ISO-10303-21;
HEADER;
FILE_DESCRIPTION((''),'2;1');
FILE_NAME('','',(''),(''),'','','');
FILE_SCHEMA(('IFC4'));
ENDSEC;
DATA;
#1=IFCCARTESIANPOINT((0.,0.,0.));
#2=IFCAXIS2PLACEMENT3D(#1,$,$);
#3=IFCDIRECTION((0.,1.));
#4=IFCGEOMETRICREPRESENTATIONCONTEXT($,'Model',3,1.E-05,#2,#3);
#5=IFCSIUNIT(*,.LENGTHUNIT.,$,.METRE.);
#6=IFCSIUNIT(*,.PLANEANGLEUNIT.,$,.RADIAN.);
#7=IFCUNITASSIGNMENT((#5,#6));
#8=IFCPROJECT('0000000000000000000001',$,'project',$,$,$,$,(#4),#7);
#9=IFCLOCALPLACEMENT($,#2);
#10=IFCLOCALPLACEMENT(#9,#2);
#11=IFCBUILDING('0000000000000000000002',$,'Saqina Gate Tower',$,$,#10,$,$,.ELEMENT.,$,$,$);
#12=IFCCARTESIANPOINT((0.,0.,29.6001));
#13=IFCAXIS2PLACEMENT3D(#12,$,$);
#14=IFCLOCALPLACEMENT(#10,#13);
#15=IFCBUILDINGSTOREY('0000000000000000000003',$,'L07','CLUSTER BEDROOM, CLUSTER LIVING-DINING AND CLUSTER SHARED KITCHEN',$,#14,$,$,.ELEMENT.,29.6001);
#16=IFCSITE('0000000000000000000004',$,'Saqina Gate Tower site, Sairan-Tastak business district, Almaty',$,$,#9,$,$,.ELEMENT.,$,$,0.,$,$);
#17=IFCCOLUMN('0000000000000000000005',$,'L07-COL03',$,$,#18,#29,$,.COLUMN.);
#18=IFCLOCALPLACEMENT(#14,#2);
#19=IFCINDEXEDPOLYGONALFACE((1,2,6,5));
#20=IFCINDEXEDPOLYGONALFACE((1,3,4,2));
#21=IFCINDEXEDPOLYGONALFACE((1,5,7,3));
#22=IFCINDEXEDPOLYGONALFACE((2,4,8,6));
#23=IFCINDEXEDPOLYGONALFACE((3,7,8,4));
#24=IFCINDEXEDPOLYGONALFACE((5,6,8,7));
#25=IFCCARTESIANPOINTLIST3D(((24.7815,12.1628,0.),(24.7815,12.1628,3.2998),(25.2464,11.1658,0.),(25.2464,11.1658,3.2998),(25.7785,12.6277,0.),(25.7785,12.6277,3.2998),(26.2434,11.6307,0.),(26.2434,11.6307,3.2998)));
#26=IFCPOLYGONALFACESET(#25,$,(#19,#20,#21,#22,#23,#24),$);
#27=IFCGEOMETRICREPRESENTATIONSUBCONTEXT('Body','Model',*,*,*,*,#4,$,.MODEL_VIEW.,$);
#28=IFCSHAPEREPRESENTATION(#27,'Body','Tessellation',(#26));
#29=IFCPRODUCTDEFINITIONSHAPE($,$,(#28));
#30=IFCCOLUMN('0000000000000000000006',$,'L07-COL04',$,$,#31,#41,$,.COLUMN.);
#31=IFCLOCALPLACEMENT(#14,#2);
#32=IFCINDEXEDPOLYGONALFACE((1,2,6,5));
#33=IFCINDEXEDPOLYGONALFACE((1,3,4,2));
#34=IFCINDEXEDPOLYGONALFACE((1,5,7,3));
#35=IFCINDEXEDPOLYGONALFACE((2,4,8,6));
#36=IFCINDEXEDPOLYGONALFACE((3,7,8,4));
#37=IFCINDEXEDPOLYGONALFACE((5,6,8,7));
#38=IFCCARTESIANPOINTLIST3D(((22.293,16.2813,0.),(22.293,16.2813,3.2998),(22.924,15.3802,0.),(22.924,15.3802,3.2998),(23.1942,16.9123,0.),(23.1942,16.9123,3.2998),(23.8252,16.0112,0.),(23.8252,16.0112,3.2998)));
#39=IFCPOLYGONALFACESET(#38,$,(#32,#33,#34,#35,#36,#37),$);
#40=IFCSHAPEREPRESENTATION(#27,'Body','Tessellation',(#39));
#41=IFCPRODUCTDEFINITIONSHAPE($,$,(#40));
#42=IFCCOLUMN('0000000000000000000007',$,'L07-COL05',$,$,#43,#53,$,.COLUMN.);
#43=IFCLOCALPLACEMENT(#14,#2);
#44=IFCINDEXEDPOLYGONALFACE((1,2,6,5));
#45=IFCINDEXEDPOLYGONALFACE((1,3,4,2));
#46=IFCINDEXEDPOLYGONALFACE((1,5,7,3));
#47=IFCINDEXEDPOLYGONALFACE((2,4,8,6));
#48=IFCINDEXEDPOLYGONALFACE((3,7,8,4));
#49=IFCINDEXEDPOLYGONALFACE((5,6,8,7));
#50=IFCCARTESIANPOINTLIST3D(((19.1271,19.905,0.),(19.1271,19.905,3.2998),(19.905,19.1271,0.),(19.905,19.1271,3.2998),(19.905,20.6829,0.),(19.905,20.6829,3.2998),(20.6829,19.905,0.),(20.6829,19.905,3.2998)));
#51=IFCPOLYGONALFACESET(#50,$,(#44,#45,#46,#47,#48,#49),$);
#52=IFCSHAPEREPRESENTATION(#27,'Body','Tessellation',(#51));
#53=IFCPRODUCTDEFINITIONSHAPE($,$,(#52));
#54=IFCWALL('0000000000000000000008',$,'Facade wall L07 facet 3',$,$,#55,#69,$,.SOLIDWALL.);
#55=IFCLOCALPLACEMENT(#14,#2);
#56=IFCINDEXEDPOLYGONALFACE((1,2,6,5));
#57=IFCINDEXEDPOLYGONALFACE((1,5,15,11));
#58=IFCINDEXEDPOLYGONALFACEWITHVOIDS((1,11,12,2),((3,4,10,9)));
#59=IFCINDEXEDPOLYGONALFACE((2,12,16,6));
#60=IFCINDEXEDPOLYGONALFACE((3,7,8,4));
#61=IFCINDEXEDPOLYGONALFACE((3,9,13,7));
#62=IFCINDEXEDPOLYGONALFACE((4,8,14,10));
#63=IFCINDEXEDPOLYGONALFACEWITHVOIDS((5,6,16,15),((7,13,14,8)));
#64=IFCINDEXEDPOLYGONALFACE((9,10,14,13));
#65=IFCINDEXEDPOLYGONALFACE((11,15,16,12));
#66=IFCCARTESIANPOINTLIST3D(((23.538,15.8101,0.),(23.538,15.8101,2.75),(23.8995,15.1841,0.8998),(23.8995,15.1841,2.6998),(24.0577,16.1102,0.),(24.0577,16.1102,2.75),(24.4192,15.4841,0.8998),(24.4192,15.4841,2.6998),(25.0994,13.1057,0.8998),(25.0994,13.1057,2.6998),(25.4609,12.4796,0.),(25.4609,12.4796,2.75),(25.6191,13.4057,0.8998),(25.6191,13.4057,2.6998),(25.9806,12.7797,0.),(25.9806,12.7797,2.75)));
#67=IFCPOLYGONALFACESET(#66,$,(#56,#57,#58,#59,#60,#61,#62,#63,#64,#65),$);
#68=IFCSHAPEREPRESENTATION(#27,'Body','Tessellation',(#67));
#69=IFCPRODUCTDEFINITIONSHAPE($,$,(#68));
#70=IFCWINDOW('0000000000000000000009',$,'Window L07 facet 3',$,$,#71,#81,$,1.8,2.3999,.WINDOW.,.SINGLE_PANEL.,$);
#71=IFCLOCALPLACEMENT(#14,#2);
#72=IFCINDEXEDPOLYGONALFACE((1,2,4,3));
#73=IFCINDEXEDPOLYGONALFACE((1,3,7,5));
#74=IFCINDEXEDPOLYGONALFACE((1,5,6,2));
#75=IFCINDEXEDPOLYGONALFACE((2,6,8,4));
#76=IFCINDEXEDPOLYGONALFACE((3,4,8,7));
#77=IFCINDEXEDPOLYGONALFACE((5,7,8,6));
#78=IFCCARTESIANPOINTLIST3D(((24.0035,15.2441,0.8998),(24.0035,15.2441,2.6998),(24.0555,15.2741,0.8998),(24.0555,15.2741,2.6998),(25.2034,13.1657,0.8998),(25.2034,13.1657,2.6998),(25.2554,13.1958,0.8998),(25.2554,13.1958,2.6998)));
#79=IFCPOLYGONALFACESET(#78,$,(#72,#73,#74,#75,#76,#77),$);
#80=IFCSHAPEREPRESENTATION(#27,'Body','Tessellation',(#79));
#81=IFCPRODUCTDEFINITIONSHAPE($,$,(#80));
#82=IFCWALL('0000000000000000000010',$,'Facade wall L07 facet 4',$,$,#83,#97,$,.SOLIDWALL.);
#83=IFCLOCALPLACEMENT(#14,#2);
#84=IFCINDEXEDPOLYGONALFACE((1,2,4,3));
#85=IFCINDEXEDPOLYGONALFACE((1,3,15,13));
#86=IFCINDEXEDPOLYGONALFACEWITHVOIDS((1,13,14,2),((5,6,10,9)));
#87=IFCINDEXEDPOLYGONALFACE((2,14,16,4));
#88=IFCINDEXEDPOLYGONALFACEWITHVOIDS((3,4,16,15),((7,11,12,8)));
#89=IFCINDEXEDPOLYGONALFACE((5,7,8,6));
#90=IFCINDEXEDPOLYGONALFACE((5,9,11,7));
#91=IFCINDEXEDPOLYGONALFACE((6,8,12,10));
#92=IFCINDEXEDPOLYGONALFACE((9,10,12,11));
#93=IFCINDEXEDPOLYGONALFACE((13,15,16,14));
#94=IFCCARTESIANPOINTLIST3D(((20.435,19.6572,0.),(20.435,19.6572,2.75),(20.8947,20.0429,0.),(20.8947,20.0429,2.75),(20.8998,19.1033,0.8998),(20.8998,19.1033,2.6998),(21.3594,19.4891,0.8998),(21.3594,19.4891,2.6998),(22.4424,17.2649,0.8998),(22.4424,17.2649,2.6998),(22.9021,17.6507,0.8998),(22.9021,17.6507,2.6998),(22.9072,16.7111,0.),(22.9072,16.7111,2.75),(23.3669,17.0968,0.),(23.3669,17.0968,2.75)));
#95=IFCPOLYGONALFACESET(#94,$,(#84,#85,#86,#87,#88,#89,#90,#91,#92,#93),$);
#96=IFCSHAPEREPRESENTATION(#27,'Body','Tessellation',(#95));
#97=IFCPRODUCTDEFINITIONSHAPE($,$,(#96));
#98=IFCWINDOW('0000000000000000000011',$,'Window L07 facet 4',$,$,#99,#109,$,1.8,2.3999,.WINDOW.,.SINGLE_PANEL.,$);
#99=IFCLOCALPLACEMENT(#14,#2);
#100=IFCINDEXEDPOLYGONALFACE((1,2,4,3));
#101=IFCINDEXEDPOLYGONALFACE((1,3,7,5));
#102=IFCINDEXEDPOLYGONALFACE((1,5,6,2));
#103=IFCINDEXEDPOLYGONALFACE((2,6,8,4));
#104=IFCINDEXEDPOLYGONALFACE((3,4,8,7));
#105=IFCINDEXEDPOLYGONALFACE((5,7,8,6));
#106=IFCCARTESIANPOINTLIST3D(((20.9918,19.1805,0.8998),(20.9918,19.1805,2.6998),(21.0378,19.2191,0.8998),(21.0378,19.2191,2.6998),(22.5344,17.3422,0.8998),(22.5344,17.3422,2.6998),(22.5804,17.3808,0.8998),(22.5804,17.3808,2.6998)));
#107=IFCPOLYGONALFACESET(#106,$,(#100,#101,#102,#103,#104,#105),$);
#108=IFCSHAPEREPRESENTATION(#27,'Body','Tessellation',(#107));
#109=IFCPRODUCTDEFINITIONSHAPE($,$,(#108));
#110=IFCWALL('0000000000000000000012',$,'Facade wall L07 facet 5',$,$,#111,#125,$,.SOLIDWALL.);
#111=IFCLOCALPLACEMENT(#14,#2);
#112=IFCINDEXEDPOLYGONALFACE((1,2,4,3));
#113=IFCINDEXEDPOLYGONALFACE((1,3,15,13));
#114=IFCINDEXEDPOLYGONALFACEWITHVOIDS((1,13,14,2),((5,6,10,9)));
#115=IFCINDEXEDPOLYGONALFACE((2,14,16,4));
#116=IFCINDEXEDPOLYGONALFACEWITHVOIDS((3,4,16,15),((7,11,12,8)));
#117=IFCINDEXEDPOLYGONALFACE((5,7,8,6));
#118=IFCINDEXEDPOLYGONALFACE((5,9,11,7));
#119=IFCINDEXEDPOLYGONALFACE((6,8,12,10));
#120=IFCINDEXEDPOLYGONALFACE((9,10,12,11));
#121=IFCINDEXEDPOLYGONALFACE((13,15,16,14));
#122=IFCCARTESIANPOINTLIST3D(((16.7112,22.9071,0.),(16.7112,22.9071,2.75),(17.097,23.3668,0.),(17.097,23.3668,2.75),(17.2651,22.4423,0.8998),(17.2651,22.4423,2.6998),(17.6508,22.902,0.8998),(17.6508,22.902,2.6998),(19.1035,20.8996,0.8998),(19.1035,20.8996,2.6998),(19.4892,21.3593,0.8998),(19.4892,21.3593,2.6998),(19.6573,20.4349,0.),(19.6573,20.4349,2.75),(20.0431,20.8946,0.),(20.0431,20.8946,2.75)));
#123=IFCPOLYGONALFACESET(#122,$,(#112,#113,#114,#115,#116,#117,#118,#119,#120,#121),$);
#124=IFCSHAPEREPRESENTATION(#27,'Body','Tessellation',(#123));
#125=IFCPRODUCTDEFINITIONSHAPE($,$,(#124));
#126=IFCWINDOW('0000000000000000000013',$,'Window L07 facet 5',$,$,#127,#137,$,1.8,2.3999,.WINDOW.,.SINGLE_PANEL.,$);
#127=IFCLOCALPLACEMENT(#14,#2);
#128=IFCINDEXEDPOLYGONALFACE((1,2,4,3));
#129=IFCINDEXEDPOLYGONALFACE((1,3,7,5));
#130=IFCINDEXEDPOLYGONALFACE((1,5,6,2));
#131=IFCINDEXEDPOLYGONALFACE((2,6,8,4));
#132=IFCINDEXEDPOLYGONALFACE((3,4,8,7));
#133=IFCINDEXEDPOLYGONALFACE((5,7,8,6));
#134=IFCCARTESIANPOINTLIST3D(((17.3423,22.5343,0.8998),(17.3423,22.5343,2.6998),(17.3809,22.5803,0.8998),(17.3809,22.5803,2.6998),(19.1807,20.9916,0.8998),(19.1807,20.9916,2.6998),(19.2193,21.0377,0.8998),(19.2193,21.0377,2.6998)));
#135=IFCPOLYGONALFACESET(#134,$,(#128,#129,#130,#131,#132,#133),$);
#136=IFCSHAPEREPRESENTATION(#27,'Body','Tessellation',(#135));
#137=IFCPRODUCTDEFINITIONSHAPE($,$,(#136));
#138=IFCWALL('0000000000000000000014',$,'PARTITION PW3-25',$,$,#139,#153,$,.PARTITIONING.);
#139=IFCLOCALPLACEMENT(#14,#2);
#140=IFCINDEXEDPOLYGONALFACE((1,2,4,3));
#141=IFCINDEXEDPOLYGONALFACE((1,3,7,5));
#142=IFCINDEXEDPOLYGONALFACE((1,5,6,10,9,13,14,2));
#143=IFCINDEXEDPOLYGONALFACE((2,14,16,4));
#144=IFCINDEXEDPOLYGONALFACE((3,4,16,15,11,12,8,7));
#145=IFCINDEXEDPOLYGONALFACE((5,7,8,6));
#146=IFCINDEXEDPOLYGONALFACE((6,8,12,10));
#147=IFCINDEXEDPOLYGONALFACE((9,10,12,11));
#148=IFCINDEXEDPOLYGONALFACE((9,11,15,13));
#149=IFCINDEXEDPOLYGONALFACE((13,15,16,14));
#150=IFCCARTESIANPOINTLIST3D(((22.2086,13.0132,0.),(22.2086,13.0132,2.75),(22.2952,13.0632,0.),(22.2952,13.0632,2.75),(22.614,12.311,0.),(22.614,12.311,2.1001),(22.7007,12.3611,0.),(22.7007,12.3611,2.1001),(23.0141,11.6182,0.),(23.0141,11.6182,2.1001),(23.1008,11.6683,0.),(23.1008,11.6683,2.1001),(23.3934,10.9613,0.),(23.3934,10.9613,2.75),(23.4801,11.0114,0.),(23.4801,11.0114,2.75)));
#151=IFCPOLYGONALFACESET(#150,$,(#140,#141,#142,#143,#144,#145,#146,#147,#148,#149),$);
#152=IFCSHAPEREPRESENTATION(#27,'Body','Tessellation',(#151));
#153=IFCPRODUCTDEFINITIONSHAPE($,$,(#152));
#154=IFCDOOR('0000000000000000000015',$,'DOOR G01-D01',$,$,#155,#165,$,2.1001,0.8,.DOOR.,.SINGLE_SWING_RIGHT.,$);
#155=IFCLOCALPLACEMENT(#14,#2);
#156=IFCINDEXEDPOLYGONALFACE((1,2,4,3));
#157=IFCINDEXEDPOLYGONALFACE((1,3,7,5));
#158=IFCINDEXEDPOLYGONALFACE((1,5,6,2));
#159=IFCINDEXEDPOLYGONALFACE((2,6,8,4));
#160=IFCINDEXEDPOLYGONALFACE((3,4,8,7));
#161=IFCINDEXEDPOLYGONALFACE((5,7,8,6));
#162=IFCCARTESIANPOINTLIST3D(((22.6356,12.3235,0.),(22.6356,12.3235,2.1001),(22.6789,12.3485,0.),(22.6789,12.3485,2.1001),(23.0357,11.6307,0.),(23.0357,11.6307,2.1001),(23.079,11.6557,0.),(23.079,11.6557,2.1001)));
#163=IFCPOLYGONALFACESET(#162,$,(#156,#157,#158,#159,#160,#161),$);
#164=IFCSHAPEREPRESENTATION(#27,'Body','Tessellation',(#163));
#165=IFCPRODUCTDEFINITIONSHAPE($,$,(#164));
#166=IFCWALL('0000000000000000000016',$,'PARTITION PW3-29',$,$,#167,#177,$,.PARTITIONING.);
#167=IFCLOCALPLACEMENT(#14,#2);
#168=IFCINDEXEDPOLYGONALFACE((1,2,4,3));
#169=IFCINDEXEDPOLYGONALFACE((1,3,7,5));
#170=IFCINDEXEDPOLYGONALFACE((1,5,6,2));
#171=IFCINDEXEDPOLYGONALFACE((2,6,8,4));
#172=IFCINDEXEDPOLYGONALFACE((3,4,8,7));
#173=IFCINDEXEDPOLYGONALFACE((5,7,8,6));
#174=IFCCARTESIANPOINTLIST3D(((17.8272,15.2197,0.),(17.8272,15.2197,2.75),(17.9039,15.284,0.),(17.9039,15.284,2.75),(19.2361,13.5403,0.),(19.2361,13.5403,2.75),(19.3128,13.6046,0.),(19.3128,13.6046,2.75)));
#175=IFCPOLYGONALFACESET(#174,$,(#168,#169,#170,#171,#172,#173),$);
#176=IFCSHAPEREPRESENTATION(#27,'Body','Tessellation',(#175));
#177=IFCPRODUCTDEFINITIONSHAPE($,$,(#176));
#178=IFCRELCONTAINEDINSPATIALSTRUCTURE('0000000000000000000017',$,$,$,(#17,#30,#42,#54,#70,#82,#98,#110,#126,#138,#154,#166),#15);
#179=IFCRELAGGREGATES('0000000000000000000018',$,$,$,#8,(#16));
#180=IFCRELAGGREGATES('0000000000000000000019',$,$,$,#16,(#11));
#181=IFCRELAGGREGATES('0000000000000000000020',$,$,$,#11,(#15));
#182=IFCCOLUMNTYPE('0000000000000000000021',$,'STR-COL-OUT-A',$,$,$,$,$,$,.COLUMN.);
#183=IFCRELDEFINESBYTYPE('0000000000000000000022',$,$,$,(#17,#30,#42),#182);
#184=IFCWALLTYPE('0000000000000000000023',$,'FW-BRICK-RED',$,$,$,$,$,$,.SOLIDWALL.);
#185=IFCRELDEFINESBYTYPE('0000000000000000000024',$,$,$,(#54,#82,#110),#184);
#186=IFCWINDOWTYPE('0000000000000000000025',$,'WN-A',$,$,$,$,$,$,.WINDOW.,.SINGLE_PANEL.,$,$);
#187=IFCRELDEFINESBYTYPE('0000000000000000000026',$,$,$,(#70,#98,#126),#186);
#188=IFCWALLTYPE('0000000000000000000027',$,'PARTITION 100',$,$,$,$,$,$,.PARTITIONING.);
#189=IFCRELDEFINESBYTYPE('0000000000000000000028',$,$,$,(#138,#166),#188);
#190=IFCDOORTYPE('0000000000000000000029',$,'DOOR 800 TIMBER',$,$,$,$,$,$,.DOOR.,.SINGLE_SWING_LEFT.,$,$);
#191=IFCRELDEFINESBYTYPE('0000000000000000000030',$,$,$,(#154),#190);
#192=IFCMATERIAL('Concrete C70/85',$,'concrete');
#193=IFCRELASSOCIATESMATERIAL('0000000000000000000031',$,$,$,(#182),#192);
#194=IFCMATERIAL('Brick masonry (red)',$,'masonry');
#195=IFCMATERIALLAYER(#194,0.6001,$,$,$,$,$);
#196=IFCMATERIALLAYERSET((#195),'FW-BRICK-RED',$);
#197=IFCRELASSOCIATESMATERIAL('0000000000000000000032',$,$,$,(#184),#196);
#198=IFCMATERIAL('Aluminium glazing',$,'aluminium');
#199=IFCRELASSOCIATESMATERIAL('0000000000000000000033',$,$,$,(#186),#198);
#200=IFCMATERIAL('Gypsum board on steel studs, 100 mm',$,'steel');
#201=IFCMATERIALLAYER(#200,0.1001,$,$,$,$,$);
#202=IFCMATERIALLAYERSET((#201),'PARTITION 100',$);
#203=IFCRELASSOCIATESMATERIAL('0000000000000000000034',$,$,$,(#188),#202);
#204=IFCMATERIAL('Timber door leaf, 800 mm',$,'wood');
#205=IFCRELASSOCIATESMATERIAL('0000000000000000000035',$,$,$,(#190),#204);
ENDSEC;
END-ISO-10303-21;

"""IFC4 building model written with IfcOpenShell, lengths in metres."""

from ifc_helpers import new_model, si_unit, direction, frame, frame_2d, origin, origin_2d, place, context, subcontext, project, spatial, rectangle, extrude, material, layer, layer_set, material_profile, profile_set, type_object, element, fill, save


model = new_model("IFC4")

# Units and contexts
model_context = context("Model", 3, precision=1e-05, world=origin(), true_north=direction((0.0, 1.0)))
body_context = subcontext(model_context, "Body", "Model", "MODEL_VIEW")
ifc_project = project(units=[si_unit("LENGTHUNIT", "METRE"), si_unit("PLANEANGLEUNIT", "RADIAN")], contexts=[model_context])

# Site, building, storey
site_placement = place(None, origin())
site = spatial("IfcSite", under=ifc_project, at=site_placement, Name="Saqina Gate Tower site, Sairan-Tastak business district, Almaty", CompositionType="ELEMENT", RefElevation=0.0)
building_placement = place(site_placement, origin())
building = spatial("IfcBuilding", under=site, at=building_placement, Name="Saqina Gate Tower", CompositionType="ELEMENT")
storey_placement = place(building_placement, frame((0.0, 0.0, 29.6001)))
storey = spatial("IfcBuildingStorey", under=building, at=storey_placement, Name="L07", Description="CLUSTER BEDROOM, CLUSTER LIVING-DINING AND CLUSTER SHARED KITCHEN", CompositionType="ELEMENT", Elevation=29.6001)

# Columns
ifc_material_1 = material(Name="Concrete C70/85", Category="concrete")
ifc_material_profile = material_profile(ifc_material_1, rectangle(XDim=1.1001, YDim=1.1001, at=origin_2d()), Name="RC 1100x1100")
ifc_profile_set = profile_set([ifc_material_profile], Name="Concrete C70/85")
column_type = type_object("IfcColumnType", Name="STR-COL-OUT-A", PredefinedType="COLUMN", material=ifc_profile_set)
for number, where, z_axis, x_axis, name in (
    (1, (25.5125, 11.8967, 0.0), (0.0, 0.0, 1.0), (0.906308, 0.422618, 0.0), "L07-COL03"),
    (2, (23.0591, 16.1462, 0.0), (0.0, 0.0, 1.0), (0.819152, 0.573576, 0.0), "L07-COL04"),
    (3, (19.905, 19.905, 0.0), (0.0, 0.0, 1.0), (0.707107, 0.707107, 0.0), "L07-COL05"),
):
    element("IfcColumn", number, at=place(storey_placement, frame(where, z_axis=z_axis, x_axis=x_axis)), inside=storey, type_object=column_type, Name=name, PredefinedType="COLUMN", context=body_context, shape_type="SweptSolid", body=[
        extrude(rectangle(XDim=1.1001, YDim=1.1001, at=origin_2d()), origin(), (0.0, 0.0, 1.0), 3.2998),
    ])

# Walls, openings, windows
ifc_material_2 = material(Name="Brick masonry (red)", Category="masonry")
ifc_layer_1 = layer(ifc_material_2, 0.6001)
ifc_layer_set_1 = layer_set([ifc_layer_1], Name="FW-BRICK-RED")
wall_type_1 = type_object("IfcWallType", Name="FW-BRICK-RED", PredefinedType="SOLIDWALL", material=ifc_layer_set_1)
wall_1_placement = place(storey_placement, frame((25.7207, 12.6296, 0.0), z_axis=(0.0, 0.0, 1.0), x_axis=(-0.49999, 0.866031, 0.0)))
wall_1 = element("IfcWall", 4, at=wall_1_placement, inside=storey, type_object=wall_type_1, Name="Facade wall L07 facet 3", PredefinedType="SOLIDWALL", context=body_context, shape_type="SweptSolid", body=[
    extrude(rectangle(XDim=3.8457, YDim=0.6001, at=frame_2d((1.9229, 0.0))), origin(), (0.0, 0.0, 1.0), 2.75),
])
opening_1_placement = place(wall_1_placement, frame((0.7229, 0.0, 0.8999)))
opening_1 = element("IfcOpeningElement", 5, at=opening_1_placement, cuts=wall_1, PredefinedType="OPENING", context=body_context, shape_type="SweptSolid", body=[
    extrude(rectangle(XDim=2.3999, YDim=1.8, at=frame_2d((1.2, 0.8999))), frame((0.0, 0.312, 0.0), z_axis=(0.0, -1.0, 0.0), x_axis=(1.0, 0.0, 0.0)), (0.0, 0.0, 1.0), 0.624),
])
ifc_material_3 = material(Name="Aluminium glazing", Category="aluminium")
window_type = type_object("IfcWindowType", Name="WN-A", PartitioningType="SINGLE_PANEL", PredefinedType="WINDOW", material=ifc_material_3)
window_1_placement = place(opening_1_placement, origin())
window_1 = element("IfcWindow", 6, at=window_1_placement, inside=storey, type_object=window_type, Name="Window L07 facet 3", OverallHeight=1.8, OverallWidth=2.3999, PartitioningType="SINGLE_PANEL", PredefinedType="WINDOW", context=body_context, shape_type="SweptSolid", body=[
    extrude(rectangle(XDim=2.3999, YDim=1.8, at=frame_2d((1.2, 0.8999))), frame((0.0, 0.1799, 0.0), z_axis=(0.0, -1.0, 0.0), x_axis=(1.0, 0.0, 0.0)), (0.0, 0.0, 1.0), 0.0601),
])
fill(opening_1, window_1)
wall_2_placement = place(storey_placement, frame((23.137, 16.9041, 0.0), z_axis=(0.0, 0.0, 1.0), x_axis=(-0.642809, 0.766026, 0.0)))
wall_2 = element("IfcWall", 7, at=wall_2_placement, inside=storey, type_object=wall_type_1, Name="Facade wall L07 facet 4", PredefinedType="SOLIDWALL", context=body_context, shape_type="SweptSolid", body=[
    extrude(rectangle(XDim=3.8459, YDim=0.6001, at=frame_2d((1.9229, 0.0))), origin(), (0.0, 0.0, 1.0), 2.75),
])
opening_2_placement = place(wall_2_placement, frame((0.7229, 0.0, 0.8999)))
opening_2 = element("IfcOpeningElement", 8, at=opening_2_placement, cuts=wall_2, PredefinedType="OPENING", context=body_context, shape_type="SweptSolid", body=[
    extrude(rectangle(XDim=2.3999, YDim=1.8, at=frame_2d((1.2, 0.8999))), frame((0.0, 0.312, 0.0), z_axis=(0.0, -1.0, 0.0), x_axis=(1.0, 0.0, 0.0)), (0.0, 0.0, 1.0), 0.624),
])
window_2_placement = place(opening_2_placement, origin())
window_2 = element("IfcWindow", 9, at=window_2_placement, inside=storey, type_object=window_type, Name="Window L07 facet 4", OverallHeight=1.8, OverallWidth=2.3999, PartitioningType="SINGLE_PANEL", PredefinedType="WINDOW", context=body_context, shape_type="SweptSolid", body=[
    extrude(rectangle(XDim=2.3999, YDim=1.8, at=frame_2d((1.2, 0.8999))), frame((0.0, 0.1799, 0.0), z_axis=(0.0, -1.0, 0.0), x_axis=(1.0, 0.0, 0.0)), (0.0, 0.0, 1.0), 0.0601),
])
fill(opening_2, window_2)
wall_3_placement = place(storey_placement, frame((19.8501, 20.6648, 0.0), z_axis=(0.0, 0.0, 1.0), x_axis=(-0.766026, 0.642809, 0.0)))
wall_3 = element("IfcWall", 10, at=wall_3_placement, inside=storey, type_object=wall_type_1, Name="Facade wall L07 facet 5", PredefinedType="SOLIDWALL", context=body_context, shape_type="SweptSolid", body=[
    extrude(rectangle(XDim=3.8459, YDim=0.6001, at=frame_2d((1.9229, 0.0))), origin(), (0.0, 0.0, 1.0), 2.75),
])
opening_3_placement = place(wall_3_placement, frame((0.7229, 0.0, 0.8999)))
opening_3 = element("IfcOpeningElement", 11, at=opening_3_placement, cuts=wall_3, PredefinedType="OPENING", context=body_context, shape_type="SweptSolid", body=[
    extrude(rectangle(XDim=2.3999, YDim=1.8, at=frame_2d((1.2, 0.8999))), frame((0.0, 0.312, 0.0), z_axis=(0.0, -1.0, 0.0), x_axis=(1.0, 0.0, 0.0)), (0.0, 0.0, 1.0), 0.624),
])
window_3_placement = place(opening_3_placement, origin())
window_3 = element("IfcWindow", 12, at=window_3_placement, inside=storey, type_object=window_type, Name="Window L07 facet 5", OverallHeight=1.8, OverallWidth=2.3999, PartitioningType="SINGLE_PANEL", PredefinedType="WINDOW", context=body_context, shape_type="SweptSolid", body=[
    extrude(rectangle(XDim=2.3999, YDim=1.8, at=frame_2d((1.2, 0.8999))), frame((0.0, 0.1799, 0.0), z_axis=(0.0, -1.0, 0.0), x_axis=(1.0, 0.0, 0.0)), (0.0, 0.0, 1.0), 0.0601),
])
fill(opening_3, window_3)

# Wall, opening, door
ifc_material_4 = material(Name="Gypsum board on steel studs, 100 mm", Category="steel")
ifc_layer_2 = layer(ifc_material_4, 0.1001)
ifc_layer_set_2 = layer_set([ifc_layer_2], Name="PARTITION 100")
wall_type_2 = type_object("IfcWallType", Name="PARTITION 100", PredefinedType="PARTITIONING", material=ifc_layer_set_2)
wall_4_placement = place(storey_placement, frame((22.252, 13.0381, 0.0), z_axis=(0.0, 0.0, 1.0), x_axis=(0.500073, -0.865983, 0.0)))
wall_4 = element("IfcWall", 13, at=wall_4_placement, inside=storey, type_object=wall_type_2, Name="PARTITION PW3-25", PredefinedType="PARTITIONING", context=body_context, shape_type="SweptSolid", body=[
    extrude(rectangle(XDim=2.3694, YDim=0.1001, at=frame_2d((1.1846, 0.0))), origin(), (0.0, 0.0, 1.0), 2.75),
])
opening_4_placement = place(wall_4_placement, frame((0.8108, 0.0, 0.0)))
opening_4 = element("IfcOpeningElement", 14, at=opening_4_placement, cuts=wall_4, PredefinedType="OPENING", context=body_context, shape_type="SweptSolid", body=[
    extrude(rectangle(XDim=0.8, YDim=2.1001, at=frame_2d((0.3999, 1.05))), frame((0.0, 0.062, 0.0), z_axis=(0.0, -1.0, 0.0), x_axis=(1.0, 0.0, 0.0)), (0.0, 0.0, 1.0), 0.124),
])
ifc_material_5 = material(Name="Timber door leaf, 800 mm", Category="wood")
door_type_1 = type_object("IfcDoorType", Name="DOOR 800 TIMBER", OperationType="SINGLE_SWING_LEFT", PredefinedType="DOOR", material=ifc_material_5)
door_1_placement = place(opening_4_placement, origin())
door_1 = element("IfcDoor", 15, at=door_1_placement, inside=storey, type_object=door_type_1, Name="DOOR G01-D01", OperationType="SINGLE_SWING_RIGHT", OverallHeight=2.1001, OverallWidth=0.8, PredefinedType="DOOR", context=body_context, shape_type="SweptSolid", body=[
    extrude(rectangle(XDim=0.8, YDim=2.1001, at=frame_2d((0.3999, 1.05))), frame((0.0, 0.0249, 0.0), z_axis=(0.0, -1.0, 0.0), x_axis=(1.0, 0.0, 0.0)), (0.0, 0.0, 1.0), 0.05),
])
fill(opening_4, door_1)

# Wall
wall_5_placement = place(storey_placement, frame((17.8655, 15.252, 0.0), z_axis=(0.0, 0.0, 1.0), x_axis=(0.642711, -0.766108, 0.0)))
element("IfcWall", 16, at=wall_5_placement, inside=storey, type_object=wall_type_2, Name="PARTITION PW3-29", PredefinedType="PARTITIONING", context=body_context, shape_type="SweptSolid", body=[
    extrude(rectangle(XDim=2.1921, YDim=0.1001, at=frame_2d((1.0962, 0.0))), origin(), (0.0, 0.0, 1.0), 2.75),
])

save(model, "model.ifc")
